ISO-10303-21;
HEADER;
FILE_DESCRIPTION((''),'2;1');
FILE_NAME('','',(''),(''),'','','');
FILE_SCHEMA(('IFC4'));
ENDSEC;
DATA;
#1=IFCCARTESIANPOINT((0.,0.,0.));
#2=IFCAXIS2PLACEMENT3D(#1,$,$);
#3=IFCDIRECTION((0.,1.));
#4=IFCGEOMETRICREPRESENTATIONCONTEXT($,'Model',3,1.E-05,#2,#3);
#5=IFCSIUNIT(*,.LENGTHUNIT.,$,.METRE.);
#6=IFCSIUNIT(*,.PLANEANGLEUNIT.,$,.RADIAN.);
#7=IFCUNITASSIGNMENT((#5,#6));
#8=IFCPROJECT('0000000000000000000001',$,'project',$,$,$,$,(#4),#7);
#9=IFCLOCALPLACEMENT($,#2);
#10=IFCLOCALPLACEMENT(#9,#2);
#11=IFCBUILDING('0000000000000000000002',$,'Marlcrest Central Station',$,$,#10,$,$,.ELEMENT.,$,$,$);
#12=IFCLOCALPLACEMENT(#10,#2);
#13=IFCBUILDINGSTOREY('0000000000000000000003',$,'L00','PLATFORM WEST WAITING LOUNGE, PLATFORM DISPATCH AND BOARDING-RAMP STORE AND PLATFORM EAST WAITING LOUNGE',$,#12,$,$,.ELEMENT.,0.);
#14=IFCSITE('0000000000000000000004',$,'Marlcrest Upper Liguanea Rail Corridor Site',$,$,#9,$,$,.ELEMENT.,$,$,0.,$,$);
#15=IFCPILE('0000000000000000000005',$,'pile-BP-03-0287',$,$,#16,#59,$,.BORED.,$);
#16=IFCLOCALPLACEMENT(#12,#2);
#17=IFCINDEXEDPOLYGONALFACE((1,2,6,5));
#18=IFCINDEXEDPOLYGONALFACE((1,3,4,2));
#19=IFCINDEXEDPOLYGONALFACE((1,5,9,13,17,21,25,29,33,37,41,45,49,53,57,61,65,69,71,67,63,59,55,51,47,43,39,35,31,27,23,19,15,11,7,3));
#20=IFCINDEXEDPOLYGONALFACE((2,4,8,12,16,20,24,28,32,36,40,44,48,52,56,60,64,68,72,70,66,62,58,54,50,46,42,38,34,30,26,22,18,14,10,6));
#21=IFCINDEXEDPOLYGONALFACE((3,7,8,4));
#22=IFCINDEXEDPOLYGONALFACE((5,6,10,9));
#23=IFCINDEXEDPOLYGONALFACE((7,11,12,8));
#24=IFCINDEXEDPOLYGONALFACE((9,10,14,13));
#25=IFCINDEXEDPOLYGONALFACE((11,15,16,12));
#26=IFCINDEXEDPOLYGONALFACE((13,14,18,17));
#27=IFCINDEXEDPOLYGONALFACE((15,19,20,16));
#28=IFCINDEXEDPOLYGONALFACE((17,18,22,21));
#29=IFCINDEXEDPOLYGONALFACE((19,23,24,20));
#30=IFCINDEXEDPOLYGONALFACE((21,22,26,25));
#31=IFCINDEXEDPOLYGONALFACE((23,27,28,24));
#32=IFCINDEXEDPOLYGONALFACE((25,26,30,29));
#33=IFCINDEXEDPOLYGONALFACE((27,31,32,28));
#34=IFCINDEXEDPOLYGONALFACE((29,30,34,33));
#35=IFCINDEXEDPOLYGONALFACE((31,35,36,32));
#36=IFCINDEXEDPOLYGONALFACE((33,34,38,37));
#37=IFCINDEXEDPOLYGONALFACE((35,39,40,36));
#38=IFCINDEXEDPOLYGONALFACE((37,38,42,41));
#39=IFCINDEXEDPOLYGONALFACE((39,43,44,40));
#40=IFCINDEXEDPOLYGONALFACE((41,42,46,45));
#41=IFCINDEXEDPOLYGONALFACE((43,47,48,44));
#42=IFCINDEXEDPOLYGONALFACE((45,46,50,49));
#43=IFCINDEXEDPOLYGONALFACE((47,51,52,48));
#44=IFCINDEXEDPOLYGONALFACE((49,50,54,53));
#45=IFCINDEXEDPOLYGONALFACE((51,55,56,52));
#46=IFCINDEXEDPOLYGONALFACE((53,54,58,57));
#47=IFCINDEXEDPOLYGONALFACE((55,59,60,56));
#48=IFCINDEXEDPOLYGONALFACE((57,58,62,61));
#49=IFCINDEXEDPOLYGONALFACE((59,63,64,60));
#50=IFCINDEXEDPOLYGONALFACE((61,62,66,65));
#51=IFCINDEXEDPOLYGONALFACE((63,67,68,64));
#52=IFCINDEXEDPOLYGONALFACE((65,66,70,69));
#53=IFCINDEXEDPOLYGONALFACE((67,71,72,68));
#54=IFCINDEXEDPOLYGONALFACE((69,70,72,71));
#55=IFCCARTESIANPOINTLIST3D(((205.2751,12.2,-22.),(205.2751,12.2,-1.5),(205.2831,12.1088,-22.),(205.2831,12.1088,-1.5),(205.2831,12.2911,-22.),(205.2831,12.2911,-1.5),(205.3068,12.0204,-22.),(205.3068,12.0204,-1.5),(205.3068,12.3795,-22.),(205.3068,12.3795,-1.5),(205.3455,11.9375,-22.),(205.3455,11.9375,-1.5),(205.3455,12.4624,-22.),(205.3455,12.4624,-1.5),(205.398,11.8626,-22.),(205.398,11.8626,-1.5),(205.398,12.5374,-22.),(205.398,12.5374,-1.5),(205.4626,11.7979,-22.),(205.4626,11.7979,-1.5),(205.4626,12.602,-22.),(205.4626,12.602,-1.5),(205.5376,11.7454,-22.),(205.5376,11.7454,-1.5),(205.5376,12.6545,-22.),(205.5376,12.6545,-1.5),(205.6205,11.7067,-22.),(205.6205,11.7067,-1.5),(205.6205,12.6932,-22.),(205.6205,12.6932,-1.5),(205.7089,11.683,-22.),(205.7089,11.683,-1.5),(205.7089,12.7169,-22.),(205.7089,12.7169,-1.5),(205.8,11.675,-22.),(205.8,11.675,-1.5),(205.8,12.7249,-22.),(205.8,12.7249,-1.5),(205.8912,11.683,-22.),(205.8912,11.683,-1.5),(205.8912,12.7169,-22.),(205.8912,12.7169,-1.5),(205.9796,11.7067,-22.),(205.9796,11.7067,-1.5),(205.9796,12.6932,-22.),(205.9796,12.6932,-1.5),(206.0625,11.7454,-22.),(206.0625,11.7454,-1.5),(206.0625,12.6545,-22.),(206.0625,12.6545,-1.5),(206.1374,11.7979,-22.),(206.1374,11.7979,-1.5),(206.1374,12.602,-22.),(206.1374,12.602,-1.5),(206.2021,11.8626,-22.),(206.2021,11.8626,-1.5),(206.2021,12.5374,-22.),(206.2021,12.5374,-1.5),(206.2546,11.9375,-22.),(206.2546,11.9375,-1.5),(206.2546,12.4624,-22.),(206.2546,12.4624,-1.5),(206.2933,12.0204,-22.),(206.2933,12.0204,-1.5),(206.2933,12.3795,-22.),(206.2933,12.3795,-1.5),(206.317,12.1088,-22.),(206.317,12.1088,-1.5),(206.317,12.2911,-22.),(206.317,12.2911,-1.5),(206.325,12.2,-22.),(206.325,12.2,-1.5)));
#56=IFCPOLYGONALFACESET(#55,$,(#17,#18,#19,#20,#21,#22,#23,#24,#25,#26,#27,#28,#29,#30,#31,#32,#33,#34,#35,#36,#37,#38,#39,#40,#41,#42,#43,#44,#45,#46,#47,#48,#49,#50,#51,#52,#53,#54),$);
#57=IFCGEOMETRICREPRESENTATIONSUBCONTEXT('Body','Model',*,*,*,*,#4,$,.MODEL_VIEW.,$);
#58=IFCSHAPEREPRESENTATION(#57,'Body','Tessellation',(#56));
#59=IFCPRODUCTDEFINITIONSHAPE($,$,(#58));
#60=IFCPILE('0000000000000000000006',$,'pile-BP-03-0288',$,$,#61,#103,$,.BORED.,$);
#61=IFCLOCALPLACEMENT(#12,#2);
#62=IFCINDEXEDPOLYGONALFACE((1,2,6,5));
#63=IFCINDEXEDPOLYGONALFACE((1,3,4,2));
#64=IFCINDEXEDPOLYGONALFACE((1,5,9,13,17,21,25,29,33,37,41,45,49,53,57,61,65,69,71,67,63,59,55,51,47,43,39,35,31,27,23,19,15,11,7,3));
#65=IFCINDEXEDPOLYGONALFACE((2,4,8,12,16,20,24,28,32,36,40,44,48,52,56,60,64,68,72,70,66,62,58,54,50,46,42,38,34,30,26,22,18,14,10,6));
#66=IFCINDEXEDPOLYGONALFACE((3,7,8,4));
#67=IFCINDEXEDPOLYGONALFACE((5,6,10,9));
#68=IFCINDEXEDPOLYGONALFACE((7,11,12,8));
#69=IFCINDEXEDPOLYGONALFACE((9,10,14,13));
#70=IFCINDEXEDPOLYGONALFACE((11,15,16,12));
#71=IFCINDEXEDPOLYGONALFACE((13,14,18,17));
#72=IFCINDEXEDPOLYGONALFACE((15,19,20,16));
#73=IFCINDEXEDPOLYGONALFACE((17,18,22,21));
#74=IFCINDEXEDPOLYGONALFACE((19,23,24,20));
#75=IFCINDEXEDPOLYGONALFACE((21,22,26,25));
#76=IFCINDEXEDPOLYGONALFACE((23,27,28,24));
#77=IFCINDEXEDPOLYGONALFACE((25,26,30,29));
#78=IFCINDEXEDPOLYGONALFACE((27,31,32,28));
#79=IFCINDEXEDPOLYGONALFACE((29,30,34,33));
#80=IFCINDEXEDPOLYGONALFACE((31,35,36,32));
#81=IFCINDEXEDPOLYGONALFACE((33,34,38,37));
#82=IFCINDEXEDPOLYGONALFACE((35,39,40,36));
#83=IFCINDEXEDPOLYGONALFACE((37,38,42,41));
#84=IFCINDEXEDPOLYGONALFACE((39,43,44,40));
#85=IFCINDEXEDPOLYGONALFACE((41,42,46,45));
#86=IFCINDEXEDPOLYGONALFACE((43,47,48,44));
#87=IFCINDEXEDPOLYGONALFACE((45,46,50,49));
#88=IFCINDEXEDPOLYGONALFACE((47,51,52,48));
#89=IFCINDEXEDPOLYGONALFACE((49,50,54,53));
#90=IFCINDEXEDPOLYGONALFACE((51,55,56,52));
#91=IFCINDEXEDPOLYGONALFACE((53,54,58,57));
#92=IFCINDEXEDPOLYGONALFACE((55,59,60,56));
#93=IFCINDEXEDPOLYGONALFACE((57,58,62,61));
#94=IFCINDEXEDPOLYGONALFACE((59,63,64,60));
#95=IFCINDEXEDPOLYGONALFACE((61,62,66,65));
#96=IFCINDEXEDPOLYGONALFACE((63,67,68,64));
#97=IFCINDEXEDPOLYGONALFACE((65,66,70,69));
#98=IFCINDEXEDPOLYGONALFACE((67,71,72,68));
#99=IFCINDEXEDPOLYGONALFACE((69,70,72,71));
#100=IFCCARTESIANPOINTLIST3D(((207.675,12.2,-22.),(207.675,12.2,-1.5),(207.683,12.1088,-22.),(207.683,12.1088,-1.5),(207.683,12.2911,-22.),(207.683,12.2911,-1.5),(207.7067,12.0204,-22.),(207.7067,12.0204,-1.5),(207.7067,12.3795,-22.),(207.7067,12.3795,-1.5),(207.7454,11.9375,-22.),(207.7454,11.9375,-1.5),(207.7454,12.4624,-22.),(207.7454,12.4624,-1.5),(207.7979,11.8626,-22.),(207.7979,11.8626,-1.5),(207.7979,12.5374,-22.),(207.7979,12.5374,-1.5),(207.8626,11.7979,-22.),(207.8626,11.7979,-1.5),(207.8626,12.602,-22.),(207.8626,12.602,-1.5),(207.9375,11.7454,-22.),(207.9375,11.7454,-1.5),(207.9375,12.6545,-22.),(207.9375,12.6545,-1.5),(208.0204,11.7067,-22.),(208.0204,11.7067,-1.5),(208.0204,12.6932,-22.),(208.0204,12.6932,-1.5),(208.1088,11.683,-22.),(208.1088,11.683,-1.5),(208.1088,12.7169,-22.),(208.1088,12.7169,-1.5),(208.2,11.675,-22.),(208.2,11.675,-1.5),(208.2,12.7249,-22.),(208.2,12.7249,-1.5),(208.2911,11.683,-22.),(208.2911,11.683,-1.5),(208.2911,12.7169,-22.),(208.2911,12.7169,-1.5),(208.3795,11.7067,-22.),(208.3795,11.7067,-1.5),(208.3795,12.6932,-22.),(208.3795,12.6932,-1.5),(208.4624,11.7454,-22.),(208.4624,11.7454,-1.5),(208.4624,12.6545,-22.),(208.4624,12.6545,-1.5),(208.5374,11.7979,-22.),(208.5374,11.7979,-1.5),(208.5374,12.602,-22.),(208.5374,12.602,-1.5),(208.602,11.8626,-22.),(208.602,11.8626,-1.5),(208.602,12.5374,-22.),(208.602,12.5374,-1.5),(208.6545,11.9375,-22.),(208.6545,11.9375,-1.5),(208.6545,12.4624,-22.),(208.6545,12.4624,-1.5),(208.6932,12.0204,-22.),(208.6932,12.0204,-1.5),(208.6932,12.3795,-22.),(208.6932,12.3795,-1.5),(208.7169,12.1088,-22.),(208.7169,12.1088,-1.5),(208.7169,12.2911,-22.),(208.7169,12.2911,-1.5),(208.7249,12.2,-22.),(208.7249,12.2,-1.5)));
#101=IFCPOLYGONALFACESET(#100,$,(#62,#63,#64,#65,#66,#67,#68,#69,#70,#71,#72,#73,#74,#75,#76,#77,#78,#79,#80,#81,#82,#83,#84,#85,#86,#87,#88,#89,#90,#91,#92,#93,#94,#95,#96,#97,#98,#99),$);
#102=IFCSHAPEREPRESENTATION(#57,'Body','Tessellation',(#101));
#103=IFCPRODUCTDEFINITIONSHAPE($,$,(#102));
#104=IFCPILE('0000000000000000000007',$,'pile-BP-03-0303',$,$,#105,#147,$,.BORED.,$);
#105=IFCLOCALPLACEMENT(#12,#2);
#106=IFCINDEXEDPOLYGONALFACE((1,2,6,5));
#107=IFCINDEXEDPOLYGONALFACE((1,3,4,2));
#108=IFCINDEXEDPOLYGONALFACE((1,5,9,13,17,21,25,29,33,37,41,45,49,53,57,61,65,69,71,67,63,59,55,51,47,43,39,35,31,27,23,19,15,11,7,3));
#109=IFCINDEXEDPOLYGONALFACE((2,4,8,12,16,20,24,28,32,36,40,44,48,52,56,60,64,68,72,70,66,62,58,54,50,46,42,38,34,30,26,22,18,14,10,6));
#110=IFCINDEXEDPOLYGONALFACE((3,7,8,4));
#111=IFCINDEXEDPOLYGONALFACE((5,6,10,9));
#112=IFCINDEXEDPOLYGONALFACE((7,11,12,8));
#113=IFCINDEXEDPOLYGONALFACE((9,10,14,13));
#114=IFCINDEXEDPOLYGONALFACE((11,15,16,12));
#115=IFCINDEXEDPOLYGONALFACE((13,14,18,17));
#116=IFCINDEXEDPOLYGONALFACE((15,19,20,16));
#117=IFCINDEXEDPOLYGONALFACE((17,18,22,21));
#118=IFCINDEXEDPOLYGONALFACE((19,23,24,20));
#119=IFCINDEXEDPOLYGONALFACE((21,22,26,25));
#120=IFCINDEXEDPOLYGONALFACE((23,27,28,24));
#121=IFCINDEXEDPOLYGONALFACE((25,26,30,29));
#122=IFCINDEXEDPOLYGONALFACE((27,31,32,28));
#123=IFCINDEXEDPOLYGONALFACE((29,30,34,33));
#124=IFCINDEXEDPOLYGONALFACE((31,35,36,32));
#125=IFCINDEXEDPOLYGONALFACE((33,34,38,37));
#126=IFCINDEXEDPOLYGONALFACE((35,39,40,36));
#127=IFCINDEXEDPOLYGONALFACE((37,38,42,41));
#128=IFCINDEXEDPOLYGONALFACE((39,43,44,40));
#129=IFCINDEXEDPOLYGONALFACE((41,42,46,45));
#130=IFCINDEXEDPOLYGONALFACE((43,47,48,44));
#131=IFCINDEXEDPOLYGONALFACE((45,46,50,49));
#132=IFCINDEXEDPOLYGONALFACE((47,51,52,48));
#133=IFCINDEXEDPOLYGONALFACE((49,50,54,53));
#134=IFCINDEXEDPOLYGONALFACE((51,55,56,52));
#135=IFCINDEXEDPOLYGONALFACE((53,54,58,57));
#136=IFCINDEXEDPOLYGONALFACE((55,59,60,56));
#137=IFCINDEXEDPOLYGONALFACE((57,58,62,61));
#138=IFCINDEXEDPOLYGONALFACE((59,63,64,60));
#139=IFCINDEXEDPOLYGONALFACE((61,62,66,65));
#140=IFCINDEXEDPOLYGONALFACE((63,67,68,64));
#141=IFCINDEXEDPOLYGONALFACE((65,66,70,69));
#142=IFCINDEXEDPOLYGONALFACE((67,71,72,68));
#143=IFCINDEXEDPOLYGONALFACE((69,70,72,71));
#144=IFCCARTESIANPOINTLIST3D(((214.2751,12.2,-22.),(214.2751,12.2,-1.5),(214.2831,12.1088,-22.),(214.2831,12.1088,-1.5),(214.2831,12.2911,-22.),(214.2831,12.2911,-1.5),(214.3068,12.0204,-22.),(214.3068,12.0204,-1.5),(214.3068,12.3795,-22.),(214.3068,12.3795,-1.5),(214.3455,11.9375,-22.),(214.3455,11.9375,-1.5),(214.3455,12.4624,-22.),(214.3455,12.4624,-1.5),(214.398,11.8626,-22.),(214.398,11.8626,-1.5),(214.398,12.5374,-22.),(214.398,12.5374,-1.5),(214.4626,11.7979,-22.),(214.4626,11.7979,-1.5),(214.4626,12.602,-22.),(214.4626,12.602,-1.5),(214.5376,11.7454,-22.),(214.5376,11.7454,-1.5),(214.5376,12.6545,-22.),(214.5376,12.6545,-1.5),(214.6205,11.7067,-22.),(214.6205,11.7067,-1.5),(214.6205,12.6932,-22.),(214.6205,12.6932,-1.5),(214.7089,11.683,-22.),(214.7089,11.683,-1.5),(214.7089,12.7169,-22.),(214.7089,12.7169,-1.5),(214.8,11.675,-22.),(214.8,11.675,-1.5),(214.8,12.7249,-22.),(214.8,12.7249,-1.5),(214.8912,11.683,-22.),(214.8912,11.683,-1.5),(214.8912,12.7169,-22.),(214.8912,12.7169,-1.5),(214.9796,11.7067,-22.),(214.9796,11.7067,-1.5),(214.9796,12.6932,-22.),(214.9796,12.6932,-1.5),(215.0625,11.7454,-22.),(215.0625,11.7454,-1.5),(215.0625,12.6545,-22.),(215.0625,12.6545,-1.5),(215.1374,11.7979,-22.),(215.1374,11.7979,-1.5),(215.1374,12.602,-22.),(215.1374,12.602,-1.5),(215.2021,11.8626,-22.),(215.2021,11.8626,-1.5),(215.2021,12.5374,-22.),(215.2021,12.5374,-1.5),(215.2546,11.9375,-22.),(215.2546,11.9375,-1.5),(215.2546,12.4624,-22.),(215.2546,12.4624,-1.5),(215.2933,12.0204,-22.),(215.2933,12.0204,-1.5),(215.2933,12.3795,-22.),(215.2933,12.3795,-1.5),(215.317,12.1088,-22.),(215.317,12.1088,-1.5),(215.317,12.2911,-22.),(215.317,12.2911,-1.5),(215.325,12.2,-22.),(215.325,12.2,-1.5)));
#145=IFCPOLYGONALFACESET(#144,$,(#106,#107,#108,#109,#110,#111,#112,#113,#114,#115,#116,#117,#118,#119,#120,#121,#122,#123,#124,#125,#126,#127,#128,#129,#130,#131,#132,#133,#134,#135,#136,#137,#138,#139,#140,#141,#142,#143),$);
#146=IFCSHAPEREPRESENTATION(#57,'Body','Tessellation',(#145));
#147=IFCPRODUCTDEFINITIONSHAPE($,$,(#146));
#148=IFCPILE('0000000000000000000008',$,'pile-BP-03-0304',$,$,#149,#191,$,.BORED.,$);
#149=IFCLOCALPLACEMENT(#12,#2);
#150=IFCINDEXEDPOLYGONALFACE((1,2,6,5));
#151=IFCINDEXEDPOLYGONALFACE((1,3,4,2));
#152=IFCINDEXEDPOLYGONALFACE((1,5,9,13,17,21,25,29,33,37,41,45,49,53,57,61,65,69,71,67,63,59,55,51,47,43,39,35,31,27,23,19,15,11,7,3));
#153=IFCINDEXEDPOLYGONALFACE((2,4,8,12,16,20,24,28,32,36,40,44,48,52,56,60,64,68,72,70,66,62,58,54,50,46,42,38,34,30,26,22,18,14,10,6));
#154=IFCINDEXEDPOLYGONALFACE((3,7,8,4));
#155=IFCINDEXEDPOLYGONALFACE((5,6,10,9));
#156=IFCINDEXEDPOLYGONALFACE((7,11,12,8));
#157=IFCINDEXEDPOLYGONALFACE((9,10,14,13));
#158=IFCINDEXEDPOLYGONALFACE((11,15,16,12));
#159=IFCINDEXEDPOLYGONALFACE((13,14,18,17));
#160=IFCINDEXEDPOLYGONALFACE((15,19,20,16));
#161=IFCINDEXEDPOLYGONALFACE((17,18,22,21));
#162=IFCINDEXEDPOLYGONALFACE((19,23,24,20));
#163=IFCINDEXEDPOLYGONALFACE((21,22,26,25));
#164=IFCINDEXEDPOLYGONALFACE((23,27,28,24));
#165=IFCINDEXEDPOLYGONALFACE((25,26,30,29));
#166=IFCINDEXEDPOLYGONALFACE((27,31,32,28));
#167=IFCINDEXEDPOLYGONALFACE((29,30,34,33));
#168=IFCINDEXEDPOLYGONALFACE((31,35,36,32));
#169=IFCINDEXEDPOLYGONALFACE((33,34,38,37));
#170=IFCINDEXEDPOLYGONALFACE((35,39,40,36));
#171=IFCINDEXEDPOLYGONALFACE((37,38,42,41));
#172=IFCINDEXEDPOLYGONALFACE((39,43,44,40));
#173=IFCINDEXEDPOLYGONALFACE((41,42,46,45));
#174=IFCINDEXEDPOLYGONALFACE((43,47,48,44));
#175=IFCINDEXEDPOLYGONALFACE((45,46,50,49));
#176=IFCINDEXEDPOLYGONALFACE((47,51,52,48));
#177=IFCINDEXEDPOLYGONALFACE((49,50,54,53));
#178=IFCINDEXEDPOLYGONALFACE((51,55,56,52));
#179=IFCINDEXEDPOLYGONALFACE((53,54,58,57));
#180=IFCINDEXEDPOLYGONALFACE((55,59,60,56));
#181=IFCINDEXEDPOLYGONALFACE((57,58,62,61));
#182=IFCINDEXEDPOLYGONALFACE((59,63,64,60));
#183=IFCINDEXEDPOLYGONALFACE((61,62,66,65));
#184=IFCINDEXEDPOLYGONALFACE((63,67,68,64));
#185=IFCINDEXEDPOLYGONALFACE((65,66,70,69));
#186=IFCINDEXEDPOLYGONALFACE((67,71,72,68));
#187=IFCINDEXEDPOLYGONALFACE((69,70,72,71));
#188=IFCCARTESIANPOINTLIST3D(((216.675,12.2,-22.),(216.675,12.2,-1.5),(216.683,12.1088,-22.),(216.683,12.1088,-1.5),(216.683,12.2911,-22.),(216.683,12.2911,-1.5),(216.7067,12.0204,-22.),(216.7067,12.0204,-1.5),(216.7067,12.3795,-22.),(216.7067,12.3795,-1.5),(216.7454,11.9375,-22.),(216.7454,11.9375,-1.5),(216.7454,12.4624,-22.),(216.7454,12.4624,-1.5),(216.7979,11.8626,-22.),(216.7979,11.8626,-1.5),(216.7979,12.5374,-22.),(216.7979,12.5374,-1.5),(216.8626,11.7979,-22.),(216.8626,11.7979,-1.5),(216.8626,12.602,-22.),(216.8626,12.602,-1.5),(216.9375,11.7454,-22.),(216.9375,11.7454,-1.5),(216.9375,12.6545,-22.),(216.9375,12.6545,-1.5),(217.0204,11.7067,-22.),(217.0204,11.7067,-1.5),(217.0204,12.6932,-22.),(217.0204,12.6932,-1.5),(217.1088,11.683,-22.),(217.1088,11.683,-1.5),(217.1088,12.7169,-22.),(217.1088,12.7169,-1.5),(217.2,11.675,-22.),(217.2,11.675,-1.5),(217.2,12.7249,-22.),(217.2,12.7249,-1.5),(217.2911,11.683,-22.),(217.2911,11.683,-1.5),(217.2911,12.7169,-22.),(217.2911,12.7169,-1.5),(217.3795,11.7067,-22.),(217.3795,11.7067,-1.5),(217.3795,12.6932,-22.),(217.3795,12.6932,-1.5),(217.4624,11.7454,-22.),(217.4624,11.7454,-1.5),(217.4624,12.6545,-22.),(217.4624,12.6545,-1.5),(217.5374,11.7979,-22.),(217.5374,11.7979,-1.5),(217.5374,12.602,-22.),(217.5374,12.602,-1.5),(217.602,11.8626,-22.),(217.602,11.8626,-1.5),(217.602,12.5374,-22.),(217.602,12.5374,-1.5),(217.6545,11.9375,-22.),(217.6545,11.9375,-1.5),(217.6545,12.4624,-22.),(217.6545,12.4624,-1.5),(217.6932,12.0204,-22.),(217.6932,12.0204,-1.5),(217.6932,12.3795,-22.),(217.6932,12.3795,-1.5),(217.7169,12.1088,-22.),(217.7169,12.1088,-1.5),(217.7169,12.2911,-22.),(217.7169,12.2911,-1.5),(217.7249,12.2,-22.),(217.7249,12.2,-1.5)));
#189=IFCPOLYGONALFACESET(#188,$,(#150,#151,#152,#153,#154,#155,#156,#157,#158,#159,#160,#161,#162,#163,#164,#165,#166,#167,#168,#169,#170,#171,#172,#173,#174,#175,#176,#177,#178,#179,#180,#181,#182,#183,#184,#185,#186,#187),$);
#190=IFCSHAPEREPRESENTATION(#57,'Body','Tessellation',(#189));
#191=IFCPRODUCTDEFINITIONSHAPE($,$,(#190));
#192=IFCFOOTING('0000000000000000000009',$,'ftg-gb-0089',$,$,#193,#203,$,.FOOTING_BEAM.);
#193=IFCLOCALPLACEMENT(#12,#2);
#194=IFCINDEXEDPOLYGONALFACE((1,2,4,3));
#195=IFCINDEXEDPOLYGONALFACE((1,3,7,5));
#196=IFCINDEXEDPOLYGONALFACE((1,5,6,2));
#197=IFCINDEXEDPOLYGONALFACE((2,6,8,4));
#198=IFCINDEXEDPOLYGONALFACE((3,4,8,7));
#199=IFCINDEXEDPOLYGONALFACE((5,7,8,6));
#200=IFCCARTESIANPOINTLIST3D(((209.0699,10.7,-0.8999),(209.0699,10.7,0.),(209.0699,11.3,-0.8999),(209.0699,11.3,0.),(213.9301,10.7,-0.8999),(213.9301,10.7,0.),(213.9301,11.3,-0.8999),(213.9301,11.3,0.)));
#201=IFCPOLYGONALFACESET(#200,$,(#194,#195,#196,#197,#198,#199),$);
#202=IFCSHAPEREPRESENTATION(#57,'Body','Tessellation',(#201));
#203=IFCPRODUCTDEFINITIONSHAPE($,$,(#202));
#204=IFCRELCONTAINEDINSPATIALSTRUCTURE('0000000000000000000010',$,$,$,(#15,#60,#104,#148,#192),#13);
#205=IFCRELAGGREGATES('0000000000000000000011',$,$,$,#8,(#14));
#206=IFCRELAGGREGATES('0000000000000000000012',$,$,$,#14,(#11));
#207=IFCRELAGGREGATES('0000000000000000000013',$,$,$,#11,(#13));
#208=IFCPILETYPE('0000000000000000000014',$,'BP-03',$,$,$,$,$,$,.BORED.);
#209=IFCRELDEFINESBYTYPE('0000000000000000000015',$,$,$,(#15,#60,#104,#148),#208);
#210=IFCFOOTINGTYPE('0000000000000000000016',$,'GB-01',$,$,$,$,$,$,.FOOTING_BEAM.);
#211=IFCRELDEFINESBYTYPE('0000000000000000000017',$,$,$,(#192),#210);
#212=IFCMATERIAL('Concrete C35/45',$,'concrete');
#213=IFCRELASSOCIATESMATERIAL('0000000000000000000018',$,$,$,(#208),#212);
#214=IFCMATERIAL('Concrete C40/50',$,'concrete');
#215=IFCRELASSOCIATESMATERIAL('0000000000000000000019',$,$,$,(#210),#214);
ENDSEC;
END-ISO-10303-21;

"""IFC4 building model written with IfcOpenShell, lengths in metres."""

from ifc_helpers import new_model, si_unit, direction, frame, origin, origin_2d, place, context, subcontext, project, spatial, rectangle, circle, extrude, material, material_profile, profile_set, type_object, element, save


model = new_model("IFC4")

# Units and contexts
model_context = context("Model", 3, precision=1e-05, world=origin(), true_north=direction((0.0, 1.0)))
body_context = subcontext(model_context, "Body", "Model", "MODEL_VIEW")
ifc_project = project(units=[si_unit("LENGTHUNIT", "METRE"), si_unit("PLANEANGLEUNIT", "RADIAN")], contexts=[model_context])

# Site, building, storey
site_placement = place(None, origin())
site = spatial("IfcSite", under=ifc_project, at=site_placement, Name="Marlcrest Upper Liguanea Rail Corridor Site", CompositionType="ELEMENT", RefElevation=0.0)
building_placement = place(site_placement, origin())
building = spatial("IfcBuilding", under=site, at=building_placement, Name="Marlcrest Central Station", CompositionType="ELEMENT")
storey_placement = place(building_placement, origin())
storey = spatial("IfcBuildingStorey", under=building, at=storey_placement, Name="L00", Description="PLATFORM WEST WAITING LOUNGE, PLATFORM DISPATCH AND BOARDING-RAMP STORE AND PLATFORM EAST WAITING LOUNGE", CompositionType="ELEMENT", Elevation=0.0)

# Piles
ifc_material_1 = material(Name="Concrete C35/45", Category="concrete")
ifc_material_profile_1 = material_profile(ifc_material_1, circle(Radius=0.5249, at=origin_2d()), Name="PILE D1050")
ifc_profile_set_1 = profile_set([ifc_material_profile_1], Name="Concrete C35/45")
pile_type = type_object("IfcPileType", Name="BP-03", PredefinedType="BORED", material=ifc_profile_set_1)
for number, where, z_axis, x_axis, name in (
    (1, (205.8, 12.2, -1.5), (0.0, 0.0, -1.0), (1.0, 0.0, 0.0), "pile-BP-03-0287"),
    (2, (208.2, 12.2, -1.5), (0.0, 0.0, -1.0), (1.0, 0.0, 0.0), "pile-BP-03-0288"),
    (3, (214.8, 12.2, -1.5), (0.0, 0.0, -1.0), (1.0, 0.0, 0.0), "pile-BP-03-0303"),
    (4, (217.2, 12.2, -1.5), (0.0, 0.0, -1.0), (1.0, 0.0, 0.0), "pile-BP-03-0304"),
):
    element("IfcPile", number, at=place(storey_placement, frame(where, z_axis=z_axis, x_axis=x_axis)), inside=storey, type_object=pile_type, Name=name, PredefinedType="BORED", context=body_context, shape_type="SweptSolid", body=[
        extrude(circle(Radius=0.5249, at=origin_2d()), origin(), (0.0, 0.0, 1.0), 20.5),
    ])

# Footing
ifc_material_2 = material(Name="Concrete C40/50", Category="concrete")
footing_type_1 = type_object("IfcFootingType", Name="GB-01", PredefinedType="FOOTING_BEAM", material=ifc_material_2)
footing_1_placement = place(storey_placement, frame((211.5, 11.0, -0.8999), z_axis=(0.0, 0.0, 1.0), x_axis=(1.0, 0.0, 0.0)))
element("IfcFooting", 5, at=footing_1_placement, inside=storey, type_object=footing_type_1, Name="ftg-gb-0089", PredefinedType="FOOTING_BEAM", context=body_context, shape_type="SweptSolid", body=[
    extrude(rectangle(XDim=4.8601, YDim=0.6001, at=origin_2d()), origin(), (0.0, 0.0, 1.0), 0.8999),
])

save(model, "model.ifc")
